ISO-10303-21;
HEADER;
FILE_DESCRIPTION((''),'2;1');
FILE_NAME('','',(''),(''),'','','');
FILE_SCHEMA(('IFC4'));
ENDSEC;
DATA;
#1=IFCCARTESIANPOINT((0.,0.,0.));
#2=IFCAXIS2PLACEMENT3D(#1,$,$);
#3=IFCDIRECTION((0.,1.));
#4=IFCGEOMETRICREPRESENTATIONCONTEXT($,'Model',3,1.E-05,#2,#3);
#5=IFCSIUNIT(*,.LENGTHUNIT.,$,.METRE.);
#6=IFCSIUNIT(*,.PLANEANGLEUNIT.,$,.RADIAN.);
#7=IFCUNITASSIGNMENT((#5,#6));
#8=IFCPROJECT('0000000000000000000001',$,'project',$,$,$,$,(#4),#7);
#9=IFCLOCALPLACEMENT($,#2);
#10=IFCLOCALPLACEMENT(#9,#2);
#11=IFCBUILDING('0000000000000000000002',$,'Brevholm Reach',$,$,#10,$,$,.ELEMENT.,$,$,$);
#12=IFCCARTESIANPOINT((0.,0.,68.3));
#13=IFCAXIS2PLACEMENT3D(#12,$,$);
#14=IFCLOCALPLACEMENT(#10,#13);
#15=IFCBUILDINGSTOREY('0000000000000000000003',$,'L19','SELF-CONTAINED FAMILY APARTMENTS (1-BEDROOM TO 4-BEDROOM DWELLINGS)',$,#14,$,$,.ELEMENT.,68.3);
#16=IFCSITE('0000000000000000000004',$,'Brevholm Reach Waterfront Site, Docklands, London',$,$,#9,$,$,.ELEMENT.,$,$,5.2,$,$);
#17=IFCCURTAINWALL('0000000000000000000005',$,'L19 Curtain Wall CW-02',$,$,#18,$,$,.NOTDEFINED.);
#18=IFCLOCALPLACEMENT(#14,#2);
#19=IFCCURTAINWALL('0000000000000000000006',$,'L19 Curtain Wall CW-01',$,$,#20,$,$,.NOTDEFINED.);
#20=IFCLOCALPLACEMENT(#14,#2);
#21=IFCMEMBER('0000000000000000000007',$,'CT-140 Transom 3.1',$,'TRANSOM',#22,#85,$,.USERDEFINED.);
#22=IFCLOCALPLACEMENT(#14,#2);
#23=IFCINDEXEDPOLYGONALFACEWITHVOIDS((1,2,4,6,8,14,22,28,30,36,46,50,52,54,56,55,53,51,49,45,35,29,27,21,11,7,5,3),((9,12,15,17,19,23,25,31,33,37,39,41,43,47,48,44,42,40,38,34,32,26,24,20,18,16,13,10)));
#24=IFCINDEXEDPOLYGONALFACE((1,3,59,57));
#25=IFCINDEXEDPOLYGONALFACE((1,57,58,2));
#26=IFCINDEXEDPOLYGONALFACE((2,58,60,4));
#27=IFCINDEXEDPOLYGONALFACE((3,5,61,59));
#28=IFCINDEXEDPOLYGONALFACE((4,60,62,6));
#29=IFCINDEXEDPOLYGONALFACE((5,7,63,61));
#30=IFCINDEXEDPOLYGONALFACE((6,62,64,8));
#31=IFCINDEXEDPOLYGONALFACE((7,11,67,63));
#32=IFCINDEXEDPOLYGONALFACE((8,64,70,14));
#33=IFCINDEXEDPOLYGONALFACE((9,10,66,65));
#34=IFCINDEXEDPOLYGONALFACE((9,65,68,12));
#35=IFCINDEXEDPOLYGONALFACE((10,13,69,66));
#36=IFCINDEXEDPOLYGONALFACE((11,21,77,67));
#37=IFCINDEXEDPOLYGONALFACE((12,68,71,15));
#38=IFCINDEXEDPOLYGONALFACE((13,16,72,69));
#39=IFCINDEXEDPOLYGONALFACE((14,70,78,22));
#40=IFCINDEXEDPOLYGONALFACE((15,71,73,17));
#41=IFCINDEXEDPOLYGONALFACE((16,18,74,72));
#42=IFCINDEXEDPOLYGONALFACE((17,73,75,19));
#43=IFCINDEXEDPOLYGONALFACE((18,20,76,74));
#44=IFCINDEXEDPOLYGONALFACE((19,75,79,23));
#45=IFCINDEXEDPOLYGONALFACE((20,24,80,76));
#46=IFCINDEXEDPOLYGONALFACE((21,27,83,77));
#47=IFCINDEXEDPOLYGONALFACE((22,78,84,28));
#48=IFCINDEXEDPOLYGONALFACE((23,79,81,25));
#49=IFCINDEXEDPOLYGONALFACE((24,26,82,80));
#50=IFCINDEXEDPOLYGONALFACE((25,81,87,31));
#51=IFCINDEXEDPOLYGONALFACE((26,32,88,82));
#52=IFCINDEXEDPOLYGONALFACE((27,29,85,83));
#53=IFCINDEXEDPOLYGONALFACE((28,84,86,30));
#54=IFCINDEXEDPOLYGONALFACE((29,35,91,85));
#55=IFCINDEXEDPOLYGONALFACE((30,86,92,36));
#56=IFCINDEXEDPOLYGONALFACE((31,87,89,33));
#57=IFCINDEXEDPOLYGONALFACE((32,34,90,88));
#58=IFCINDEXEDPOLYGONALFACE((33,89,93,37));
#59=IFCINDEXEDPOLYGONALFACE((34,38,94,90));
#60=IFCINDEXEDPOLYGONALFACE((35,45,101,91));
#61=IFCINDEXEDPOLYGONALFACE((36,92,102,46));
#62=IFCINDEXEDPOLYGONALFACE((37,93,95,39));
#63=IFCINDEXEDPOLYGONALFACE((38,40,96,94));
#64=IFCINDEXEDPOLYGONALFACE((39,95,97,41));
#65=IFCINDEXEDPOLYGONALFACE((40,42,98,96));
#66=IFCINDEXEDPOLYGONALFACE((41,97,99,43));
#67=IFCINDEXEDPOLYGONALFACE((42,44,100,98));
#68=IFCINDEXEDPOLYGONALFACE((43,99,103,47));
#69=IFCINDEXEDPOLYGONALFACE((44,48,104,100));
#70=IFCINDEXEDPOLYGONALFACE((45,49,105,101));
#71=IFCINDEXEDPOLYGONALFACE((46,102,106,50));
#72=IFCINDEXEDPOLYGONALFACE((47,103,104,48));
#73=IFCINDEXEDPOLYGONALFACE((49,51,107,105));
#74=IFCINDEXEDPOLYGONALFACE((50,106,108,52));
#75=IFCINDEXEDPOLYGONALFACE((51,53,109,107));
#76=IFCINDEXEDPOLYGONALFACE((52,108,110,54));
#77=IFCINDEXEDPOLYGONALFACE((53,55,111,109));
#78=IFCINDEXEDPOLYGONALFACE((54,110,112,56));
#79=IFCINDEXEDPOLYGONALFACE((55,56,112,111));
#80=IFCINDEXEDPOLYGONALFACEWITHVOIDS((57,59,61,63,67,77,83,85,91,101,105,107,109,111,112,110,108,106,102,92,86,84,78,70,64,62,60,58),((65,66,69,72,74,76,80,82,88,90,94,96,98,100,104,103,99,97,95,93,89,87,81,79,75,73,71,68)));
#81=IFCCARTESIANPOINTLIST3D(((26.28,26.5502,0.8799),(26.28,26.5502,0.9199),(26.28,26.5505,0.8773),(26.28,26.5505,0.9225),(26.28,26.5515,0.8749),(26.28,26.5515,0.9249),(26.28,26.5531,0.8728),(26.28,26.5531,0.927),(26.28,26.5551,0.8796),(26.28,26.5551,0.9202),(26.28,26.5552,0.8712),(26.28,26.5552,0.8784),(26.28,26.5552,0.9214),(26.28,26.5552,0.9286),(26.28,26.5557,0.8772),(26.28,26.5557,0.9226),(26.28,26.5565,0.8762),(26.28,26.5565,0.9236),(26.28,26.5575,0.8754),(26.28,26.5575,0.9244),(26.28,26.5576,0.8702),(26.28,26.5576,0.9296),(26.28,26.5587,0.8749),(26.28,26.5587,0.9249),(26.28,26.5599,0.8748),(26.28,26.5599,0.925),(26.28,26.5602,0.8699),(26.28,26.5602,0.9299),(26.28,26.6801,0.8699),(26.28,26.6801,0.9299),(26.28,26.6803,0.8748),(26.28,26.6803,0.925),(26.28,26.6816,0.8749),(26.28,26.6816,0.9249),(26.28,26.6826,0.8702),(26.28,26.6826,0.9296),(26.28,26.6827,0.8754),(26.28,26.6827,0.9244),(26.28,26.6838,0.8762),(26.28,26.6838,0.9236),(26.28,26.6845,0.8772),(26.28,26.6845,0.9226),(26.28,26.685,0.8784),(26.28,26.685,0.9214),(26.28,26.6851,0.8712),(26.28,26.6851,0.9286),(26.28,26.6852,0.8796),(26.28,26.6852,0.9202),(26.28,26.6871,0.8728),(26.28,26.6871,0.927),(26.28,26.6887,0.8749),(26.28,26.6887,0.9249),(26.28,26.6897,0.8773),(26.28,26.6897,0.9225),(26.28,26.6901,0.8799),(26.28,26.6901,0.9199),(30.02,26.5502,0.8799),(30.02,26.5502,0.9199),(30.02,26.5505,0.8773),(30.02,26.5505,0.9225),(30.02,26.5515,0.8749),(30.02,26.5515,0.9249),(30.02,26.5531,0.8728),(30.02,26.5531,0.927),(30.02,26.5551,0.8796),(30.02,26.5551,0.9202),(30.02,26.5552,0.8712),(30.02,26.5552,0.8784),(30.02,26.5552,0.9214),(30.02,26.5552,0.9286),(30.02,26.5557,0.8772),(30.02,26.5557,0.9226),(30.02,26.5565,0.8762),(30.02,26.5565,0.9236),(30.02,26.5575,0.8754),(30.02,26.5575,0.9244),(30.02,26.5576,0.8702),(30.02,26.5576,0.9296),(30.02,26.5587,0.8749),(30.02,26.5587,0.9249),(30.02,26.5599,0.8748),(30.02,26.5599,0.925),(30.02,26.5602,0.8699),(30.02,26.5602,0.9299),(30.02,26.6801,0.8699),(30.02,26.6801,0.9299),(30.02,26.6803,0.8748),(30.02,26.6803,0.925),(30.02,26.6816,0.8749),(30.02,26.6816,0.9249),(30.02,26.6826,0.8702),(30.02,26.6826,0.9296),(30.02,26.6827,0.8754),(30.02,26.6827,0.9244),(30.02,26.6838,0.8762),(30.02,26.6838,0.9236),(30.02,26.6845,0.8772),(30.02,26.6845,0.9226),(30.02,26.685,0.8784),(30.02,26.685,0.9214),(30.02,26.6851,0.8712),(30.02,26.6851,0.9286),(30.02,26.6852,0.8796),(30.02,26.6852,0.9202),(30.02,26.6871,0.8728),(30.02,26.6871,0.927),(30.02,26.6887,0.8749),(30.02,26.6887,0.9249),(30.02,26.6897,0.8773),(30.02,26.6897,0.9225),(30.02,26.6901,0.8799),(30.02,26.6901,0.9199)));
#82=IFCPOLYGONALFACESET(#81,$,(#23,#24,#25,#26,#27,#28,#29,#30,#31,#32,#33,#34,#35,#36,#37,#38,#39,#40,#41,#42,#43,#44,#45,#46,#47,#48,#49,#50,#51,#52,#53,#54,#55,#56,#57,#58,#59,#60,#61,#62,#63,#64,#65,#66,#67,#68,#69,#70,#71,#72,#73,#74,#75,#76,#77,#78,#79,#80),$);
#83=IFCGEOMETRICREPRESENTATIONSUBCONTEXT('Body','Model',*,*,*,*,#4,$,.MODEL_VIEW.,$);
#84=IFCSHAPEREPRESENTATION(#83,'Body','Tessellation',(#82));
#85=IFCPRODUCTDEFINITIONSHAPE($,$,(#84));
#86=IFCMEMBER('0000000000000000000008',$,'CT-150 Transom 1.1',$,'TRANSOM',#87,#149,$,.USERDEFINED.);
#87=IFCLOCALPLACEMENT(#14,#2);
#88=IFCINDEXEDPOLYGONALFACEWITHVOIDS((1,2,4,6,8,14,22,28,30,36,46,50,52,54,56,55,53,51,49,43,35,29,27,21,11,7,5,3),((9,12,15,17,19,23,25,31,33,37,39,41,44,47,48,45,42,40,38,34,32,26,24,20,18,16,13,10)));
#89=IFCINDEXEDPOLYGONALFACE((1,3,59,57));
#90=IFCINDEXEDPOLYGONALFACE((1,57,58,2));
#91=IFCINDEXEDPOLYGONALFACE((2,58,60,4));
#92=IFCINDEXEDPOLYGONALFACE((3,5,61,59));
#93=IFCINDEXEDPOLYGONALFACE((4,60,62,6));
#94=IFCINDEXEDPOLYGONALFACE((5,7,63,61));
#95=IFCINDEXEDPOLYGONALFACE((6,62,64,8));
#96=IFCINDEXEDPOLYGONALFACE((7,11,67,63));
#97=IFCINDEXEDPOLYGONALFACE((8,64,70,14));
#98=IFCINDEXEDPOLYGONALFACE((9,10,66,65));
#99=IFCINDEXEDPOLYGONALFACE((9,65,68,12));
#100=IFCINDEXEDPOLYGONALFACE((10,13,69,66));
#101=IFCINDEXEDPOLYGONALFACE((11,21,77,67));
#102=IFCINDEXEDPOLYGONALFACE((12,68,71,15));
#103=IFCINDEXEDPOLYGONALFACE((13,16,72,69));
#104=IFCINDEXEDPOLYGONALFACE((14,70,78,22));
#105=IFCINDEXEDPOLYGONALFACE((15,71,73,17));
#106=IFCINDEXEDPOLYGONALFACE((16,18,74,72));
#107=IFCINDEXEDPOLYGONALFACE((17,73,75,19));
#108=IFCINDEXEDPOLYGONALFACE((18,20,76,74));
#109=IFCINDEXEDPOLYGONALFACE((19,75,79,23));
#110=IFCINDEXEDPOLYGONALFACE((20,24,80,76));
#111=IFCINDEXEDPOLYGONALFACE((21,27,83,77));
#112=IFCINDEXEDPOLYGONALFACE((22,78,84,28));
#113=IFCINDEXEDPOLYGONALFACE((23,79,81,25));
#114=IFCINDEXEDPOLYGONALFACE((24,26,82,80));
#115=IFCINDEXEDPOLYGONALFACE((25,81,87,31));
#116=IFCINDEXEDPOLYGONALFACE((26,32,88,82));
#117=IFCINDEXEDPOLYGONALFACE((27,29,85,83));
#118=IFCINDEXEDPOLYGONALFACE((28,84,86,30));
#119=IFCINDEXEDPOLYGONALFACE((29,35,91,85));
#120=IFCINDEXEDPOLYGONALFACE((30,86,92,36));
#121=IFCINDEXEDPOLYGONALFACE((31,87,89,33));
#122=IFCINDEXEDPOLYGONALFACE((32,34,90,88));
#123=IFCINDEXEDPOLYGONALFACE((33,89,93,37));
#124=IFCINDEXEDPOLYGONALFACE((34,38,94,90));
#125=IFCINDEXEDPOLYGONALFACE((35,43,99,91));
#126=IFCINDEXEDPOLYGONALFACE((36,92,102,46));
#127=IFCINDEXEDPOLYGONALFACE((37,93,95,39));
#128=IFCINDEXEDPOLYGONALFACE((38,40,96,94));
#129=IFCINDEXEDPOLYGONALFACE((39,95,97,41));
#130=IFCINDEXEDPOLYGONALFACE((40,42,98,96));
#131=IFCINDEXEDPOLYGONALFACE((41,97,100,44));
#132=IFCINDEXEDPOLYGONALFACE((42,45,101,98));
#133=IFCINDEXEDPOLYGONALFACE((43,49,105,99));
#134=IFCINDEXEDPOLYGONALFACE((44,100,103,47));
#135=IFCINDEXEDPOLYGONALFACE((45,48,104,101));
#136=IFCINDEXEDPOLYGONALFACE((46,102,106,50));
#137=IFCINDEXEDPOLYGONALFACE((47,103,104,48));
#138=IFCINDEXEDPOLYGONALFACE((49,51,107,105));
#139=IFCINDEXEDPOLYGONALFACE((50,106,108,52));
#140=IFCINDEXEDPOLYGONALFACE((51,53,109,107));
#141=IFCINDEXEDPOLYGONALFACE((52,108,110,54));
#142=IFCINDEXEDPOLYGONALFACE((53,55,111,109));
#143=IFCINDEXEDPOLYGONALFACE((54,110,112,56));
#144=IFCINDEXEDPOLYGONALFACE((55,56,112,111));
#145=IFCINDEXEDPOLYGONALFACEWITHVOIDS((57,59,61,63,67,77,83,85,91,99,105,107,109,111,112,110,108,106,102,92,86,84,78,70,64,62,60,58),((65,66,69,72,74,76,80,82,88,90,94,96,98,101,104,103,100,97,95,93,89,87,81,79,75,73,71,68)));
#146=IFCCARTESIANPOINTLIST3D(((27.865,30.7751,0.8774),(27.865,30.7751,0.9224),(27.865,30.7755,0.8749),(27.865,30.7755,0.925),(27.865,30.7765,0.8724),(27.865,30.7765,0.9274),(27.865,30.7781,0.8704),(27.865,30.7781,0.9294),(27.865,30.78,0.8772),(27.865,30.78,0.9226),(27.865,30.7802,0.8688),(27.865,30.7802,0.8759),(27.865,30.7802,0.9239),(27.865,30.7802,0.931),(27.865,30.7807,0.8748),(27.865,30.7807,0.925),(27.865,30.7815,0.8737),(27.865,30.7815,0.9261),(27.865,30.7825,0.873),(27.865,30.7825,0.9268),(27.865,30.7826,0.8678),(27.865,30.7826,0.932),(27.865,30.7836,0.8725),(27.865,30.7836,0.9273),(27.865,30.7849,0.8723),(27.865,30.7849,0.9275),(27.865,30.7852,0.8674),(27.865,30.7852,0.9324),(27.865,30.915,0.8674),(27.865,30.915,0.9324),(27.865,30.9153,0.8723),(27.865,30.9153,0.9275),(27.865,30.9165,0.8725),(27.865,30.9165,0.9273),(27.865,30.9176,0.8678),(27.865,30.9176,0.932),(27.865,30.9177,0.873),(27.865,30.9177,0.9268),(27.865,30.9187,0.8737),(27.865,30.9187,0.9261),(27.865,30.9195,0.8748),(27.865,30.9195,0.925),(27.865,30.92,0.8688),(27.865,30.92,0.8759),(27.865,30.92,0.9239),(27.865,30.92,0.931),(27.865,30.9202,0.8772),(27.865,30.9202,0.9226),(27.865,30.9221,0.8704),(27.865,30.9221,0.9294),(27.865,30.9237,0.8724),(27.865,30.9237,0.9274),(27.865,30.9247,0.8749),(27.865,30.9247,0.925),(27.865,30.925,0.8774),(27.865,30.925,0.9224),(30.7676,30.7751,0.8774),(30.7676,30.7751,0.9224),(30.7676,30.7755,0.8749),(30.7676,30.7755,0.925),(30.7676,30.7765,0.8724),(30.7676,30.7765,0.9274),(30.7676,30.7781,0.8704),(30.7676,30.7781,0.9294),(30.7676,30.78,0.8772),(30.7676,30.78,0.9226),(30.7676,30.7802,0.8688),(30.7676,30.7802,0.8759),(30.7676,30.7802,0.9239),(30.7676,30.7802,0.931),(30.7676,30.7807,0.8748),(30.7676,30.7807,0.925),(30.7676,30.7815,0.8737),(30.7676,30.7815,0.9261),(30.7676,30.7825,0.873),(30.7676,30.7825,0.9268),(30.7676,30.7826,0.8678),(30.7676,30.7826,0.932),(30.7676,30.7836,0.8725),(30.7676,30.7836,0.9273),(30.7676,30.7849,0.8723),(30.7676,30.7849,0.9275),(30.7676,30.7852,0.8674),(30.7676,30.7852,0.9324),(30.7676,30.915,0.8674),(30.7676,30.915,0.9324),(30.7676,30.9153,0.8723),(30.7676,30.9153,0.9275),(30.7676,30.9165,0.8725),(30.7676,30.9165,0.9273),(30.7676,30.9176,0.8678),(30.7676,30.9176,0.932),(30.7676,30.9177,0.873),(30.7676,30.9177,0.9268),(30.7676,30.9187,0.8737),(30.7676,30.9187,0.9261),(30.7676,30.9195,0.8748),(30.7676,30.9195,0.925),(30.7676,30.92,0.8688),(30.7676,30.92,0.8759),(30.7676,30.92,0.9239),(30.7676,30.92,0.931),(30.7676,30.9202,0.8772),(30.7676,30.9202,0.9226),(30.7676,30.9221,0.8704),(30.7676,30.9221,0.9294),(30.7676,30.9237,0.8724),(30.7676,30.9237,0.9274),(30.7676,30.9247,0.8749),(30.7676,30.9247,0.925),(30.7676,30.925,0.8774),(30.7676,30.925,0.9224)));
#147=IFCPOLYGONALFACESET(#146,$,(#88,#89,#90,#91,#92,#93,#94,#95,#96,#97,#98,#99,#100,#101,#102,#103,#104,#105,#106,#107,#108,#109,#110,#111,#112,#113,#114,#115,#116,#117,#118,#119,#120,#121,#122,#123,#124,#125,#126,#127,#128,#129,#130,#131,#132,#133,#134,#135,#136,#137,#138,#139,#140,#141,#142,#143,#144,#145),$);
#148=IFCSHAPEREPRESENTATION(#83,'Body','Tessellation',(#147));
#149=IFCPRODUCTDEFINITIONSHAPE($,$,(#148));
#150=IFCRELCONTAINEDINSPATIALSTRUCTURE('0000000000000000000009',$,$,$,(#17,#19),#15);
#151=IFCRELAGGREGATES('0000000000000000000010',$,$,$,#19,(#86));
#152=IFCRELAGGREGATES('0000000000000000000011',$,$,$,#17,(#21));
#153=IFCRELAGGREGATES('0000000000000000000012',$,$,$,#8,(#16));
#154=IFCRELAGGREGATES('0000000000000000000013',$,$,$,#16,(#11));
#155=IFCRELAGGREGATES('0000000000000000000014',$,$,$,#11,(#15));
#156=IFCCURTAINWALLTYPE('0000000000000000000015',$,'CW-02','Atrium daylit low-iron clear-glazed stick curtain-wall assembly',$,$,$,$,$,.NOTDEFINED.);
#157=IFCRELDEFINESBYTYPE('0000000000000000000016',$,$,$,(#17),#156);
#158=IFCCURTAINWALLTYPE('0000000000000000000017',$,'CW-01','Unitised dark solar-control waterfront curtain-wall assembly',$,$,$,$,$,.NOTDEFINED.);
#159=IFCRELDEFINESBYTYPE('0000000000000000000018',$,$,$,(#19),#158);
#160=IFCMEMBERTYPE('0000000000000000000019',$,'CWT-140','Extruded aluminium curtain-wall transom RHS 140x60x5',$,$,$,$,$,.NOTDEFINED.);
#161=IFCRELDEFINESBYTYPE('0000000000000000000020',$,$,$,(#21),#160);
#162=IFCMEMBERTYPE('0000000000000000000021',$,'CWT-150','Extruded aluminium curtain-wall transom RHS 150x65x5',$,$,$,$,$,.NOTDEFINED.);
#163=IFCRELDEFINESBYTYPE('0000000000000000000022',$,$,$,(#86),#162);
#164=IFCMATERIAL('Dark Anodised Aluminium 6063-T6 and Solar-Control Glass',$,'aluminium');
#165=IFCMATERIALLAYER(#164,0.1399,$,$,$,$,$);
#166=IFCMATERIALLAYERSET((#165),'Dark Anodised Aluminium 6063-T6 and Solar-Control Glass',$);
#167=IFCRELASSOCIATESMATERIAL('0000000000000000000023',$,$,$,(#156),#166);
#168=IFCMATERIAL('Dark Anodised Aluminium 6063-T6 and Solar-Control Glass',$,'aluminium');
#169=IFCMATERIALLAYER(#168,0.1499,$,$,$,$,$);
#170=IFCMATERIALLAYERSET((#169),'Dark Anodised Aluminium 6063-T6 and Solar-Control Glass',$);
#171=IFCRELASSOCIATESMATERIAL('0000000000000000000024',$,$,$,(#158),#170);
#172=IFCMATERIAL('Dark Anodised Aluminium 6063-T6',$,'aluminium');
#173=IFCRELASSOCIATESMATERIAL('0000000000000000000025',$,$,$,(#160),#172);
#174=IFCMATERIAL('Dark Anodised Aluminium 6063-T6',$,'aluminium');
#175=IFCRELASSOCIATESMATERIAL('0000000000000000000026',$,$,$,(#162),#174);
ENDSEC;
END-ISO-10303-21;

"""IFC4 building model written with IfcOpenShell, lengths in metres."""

from ifc_helpers import new_model, si_unit, direction, frame, origin, origin_2d, place, context, subcontext, project, spatial, hollow_rectangle, extrude, material, layer, layer_set, material_profile, profile_set, type_object, element, aggregate, save


model = new_model("IFC4")

# Units and contexts
model_context = context("Model", 3, precision=1e-05, world=origin(), true_north=direction((0.0, 1.0)))
body_context = subcontext(model_context, "Body", "Model", "MODEL_VIEW")
ifc_project = project(units=[si_unit("LENGTHUNIT", "METRE"), si_unit("PLANEANGLEUNIT", "RADIAN")], contexts=[model_context])

# Site, building, storey
site_placement = place(None, origin())
site = spatial("IfcSite", under=ifc_project, at=site_placement, Name="Brevholm Reach Waterfront Site, Docklands, London", CompositionType="ELEMENT", RefElevation=5.2)
building_placement = place(site_placement, origin())
building = spatial("IfcBuilding", under=site, at=building_placement, Name="Brevholm Reach", CompositionType="ELEMENT")
storey_placement = place(building_placement, frame((0.0, 0.0, 68.3)))
storey = spatial("IfcBuildingStorey", under=building, at=storey_placement, Name="L19", Description="SELF-CONTAINED FAMILY APARTMENTS (1-BEDROOM TO 4-BEDROOM DWELLINGS)", CompositionType="ELEMENT", Elevation=68.3)

# Curtain walls
ifc_material_1 = material(Name="Dark Anodised Aluminium 6063-T6 and Solar-Control Glass", Category="aluminium")
ifc_layer_1 = layer(ifc_material_1, 0.1399)
ifc_layer_set_1 = layer_set([ifc_layer_1], Name="Dark Anodised Aluminium 6063-T6 and Solar-Control Glass")
curtain_wall_type_1 = type_object("IfcCurtainWallType", Name="CW-02", Description="Atrium daylit low-iron clear-glazed stick curtain-wall assembly", PredefinedType="NOTDEFINED", material=ifc_layer_set_1)
curtain_wall_1_placement = place(storey_placement, origin())
curtain_wall_1 = element("IfcCurtainWall", 1, at=curtain_wall_1_placement, inside=storey, type_object=curtain_wall_type_1, Name="L19 Curtain Wall CW-02", PredefinedType="NOTDEFINED")
ifc_material_2 = material(Name="Dark Anodised Aluminium 6063-T6 and Solar-Control Glass", Category="aluminium")
ifc_layer_2 = layer(ifc_material_2, 0.1499)
ifc_layer_set_2 = layer_set([ifc_layer_2], Name="Dark Anodised Aluminium 6063-T6 and Solar-Control Glass")
curtain_wall_type_2 = type_object("IfcCurtainWallType", Name="CW-01", Description="Unitised dark solar-control waterfront curtain-wall assembly", PredefinedType="NOTDEFINED", material=ifc_layer_set_2)
curtain_wall_2_placement = place(storey_placement, origin())
curtain_wall_2 = element("IfcCurtainWall", 2, at=curtain_wall_2_placement, inside=storey, type_object=curtain_wall_type_2, Name="L19 Curtain Wall CW-01", PredefinedType="NOTDEFINED")

# Members
ifc_material_3 = material(Name="Dark Anodised Aluminium 6063-T6", Category="aluminium")
ifc_material_profile_1 = material_profile(ifc_material_3, hollow_rectangle(XDim=0.0601, YDim=0.1399, WallThickness=0.0049, InnerFilletRadius=0.0049, OuterFilletRadius=0.01, at=origin_2d()), Name="RHS 140x60x5")
ifc_profile_set_1 = profile_set([ifc_material_profile_1], Name="Dark Anodised Aluminium 6063-T6")
member_type_1 = type_object("IfcMemberType", Name="CWT-140", Description="Extruded aluminium curtain-wall transom RHS 140x60x5", PredefinedType="NOTDEFINED", material=ifc_profile_set_1)
member_1_placement = place(storey_placement, frame((30.02, 26.6201, 0.8999), z_axis=(-1.0, 0.0, 0.0), x_axis=(0.0, 0.0, 1.0)))
member_1 = element("IfcMember", 3, at=member_1_placement, type_object=member_type_1, Name="CT-140 Transom 3.1", ObjectType="TRANSOM", PredefinedType="USERDEFINED", context=body_context, shape_type="SweptSolid", body=[
    extrude(hollow_rectangle(XDim=0.0601, YDim=0.1399, WallThickness=0.0049, InnerFilletRadius=0.0049, OuterFilletRadius=0.01, at=origin_2d()), origin(), (0.0, 0.0, 1.0), 3.74),
])
ifc_material_4 = material(Name="Dark Anodised Aluminium 6063-T6", Category="aluminium")
ifc_material_profile_2 = material_profile(ifc_material_4, hollow_rectangle(XDim=0.0649, YDim=0.1499, WallThickness=0.0049, InnerFilletRadius=0.0049, OuterFilletRadius=0.01, at=origin_2d()), Name="RHS 150x65x5")
ifc_profile_set_2 = profile_set([ifc_material_profile_2], Name="Dark Anodised Aluminium 6063-T6")
member_type_2 = type_object("IfcMemberType", Name="CWT-150", Description="Extruded aluminium curtain-wall transom RHS 150x65x5", PredefinedType="NOTDEFINED", material=ifc_profile_set_2)
member_2_placement = place(storey_placement, frame((27.865, 30.8501, 0.8999), z_axis=(1.0, 0.0, 0.0), x_axis=(0.0, 0.0, 1.0)))
member_2 = element("IfcMember", 4, at=member_2_placement, type_object=member_type_2, Name="CT-150 Transom 1.1", ObjectType="TRANSOM", PredefinedType="USERDEFINED", context=body_context, shape_type="SweptSolid", body=[
    extrude(hollow_rectangle(XDim=0.0649, YDim=0.1499, WallThickness=0.0049, InnerFilletRadius=0.0049, OuterFilletRadius=0.01, at=origin_2d()), origin(), (0.0, 0.0, 1.0), 2.9026),
])

aggregate(curtain_wall_2, [member_2])
aggregate(curtain_wall_1, [member_1])

save(model, "model.ifc")
